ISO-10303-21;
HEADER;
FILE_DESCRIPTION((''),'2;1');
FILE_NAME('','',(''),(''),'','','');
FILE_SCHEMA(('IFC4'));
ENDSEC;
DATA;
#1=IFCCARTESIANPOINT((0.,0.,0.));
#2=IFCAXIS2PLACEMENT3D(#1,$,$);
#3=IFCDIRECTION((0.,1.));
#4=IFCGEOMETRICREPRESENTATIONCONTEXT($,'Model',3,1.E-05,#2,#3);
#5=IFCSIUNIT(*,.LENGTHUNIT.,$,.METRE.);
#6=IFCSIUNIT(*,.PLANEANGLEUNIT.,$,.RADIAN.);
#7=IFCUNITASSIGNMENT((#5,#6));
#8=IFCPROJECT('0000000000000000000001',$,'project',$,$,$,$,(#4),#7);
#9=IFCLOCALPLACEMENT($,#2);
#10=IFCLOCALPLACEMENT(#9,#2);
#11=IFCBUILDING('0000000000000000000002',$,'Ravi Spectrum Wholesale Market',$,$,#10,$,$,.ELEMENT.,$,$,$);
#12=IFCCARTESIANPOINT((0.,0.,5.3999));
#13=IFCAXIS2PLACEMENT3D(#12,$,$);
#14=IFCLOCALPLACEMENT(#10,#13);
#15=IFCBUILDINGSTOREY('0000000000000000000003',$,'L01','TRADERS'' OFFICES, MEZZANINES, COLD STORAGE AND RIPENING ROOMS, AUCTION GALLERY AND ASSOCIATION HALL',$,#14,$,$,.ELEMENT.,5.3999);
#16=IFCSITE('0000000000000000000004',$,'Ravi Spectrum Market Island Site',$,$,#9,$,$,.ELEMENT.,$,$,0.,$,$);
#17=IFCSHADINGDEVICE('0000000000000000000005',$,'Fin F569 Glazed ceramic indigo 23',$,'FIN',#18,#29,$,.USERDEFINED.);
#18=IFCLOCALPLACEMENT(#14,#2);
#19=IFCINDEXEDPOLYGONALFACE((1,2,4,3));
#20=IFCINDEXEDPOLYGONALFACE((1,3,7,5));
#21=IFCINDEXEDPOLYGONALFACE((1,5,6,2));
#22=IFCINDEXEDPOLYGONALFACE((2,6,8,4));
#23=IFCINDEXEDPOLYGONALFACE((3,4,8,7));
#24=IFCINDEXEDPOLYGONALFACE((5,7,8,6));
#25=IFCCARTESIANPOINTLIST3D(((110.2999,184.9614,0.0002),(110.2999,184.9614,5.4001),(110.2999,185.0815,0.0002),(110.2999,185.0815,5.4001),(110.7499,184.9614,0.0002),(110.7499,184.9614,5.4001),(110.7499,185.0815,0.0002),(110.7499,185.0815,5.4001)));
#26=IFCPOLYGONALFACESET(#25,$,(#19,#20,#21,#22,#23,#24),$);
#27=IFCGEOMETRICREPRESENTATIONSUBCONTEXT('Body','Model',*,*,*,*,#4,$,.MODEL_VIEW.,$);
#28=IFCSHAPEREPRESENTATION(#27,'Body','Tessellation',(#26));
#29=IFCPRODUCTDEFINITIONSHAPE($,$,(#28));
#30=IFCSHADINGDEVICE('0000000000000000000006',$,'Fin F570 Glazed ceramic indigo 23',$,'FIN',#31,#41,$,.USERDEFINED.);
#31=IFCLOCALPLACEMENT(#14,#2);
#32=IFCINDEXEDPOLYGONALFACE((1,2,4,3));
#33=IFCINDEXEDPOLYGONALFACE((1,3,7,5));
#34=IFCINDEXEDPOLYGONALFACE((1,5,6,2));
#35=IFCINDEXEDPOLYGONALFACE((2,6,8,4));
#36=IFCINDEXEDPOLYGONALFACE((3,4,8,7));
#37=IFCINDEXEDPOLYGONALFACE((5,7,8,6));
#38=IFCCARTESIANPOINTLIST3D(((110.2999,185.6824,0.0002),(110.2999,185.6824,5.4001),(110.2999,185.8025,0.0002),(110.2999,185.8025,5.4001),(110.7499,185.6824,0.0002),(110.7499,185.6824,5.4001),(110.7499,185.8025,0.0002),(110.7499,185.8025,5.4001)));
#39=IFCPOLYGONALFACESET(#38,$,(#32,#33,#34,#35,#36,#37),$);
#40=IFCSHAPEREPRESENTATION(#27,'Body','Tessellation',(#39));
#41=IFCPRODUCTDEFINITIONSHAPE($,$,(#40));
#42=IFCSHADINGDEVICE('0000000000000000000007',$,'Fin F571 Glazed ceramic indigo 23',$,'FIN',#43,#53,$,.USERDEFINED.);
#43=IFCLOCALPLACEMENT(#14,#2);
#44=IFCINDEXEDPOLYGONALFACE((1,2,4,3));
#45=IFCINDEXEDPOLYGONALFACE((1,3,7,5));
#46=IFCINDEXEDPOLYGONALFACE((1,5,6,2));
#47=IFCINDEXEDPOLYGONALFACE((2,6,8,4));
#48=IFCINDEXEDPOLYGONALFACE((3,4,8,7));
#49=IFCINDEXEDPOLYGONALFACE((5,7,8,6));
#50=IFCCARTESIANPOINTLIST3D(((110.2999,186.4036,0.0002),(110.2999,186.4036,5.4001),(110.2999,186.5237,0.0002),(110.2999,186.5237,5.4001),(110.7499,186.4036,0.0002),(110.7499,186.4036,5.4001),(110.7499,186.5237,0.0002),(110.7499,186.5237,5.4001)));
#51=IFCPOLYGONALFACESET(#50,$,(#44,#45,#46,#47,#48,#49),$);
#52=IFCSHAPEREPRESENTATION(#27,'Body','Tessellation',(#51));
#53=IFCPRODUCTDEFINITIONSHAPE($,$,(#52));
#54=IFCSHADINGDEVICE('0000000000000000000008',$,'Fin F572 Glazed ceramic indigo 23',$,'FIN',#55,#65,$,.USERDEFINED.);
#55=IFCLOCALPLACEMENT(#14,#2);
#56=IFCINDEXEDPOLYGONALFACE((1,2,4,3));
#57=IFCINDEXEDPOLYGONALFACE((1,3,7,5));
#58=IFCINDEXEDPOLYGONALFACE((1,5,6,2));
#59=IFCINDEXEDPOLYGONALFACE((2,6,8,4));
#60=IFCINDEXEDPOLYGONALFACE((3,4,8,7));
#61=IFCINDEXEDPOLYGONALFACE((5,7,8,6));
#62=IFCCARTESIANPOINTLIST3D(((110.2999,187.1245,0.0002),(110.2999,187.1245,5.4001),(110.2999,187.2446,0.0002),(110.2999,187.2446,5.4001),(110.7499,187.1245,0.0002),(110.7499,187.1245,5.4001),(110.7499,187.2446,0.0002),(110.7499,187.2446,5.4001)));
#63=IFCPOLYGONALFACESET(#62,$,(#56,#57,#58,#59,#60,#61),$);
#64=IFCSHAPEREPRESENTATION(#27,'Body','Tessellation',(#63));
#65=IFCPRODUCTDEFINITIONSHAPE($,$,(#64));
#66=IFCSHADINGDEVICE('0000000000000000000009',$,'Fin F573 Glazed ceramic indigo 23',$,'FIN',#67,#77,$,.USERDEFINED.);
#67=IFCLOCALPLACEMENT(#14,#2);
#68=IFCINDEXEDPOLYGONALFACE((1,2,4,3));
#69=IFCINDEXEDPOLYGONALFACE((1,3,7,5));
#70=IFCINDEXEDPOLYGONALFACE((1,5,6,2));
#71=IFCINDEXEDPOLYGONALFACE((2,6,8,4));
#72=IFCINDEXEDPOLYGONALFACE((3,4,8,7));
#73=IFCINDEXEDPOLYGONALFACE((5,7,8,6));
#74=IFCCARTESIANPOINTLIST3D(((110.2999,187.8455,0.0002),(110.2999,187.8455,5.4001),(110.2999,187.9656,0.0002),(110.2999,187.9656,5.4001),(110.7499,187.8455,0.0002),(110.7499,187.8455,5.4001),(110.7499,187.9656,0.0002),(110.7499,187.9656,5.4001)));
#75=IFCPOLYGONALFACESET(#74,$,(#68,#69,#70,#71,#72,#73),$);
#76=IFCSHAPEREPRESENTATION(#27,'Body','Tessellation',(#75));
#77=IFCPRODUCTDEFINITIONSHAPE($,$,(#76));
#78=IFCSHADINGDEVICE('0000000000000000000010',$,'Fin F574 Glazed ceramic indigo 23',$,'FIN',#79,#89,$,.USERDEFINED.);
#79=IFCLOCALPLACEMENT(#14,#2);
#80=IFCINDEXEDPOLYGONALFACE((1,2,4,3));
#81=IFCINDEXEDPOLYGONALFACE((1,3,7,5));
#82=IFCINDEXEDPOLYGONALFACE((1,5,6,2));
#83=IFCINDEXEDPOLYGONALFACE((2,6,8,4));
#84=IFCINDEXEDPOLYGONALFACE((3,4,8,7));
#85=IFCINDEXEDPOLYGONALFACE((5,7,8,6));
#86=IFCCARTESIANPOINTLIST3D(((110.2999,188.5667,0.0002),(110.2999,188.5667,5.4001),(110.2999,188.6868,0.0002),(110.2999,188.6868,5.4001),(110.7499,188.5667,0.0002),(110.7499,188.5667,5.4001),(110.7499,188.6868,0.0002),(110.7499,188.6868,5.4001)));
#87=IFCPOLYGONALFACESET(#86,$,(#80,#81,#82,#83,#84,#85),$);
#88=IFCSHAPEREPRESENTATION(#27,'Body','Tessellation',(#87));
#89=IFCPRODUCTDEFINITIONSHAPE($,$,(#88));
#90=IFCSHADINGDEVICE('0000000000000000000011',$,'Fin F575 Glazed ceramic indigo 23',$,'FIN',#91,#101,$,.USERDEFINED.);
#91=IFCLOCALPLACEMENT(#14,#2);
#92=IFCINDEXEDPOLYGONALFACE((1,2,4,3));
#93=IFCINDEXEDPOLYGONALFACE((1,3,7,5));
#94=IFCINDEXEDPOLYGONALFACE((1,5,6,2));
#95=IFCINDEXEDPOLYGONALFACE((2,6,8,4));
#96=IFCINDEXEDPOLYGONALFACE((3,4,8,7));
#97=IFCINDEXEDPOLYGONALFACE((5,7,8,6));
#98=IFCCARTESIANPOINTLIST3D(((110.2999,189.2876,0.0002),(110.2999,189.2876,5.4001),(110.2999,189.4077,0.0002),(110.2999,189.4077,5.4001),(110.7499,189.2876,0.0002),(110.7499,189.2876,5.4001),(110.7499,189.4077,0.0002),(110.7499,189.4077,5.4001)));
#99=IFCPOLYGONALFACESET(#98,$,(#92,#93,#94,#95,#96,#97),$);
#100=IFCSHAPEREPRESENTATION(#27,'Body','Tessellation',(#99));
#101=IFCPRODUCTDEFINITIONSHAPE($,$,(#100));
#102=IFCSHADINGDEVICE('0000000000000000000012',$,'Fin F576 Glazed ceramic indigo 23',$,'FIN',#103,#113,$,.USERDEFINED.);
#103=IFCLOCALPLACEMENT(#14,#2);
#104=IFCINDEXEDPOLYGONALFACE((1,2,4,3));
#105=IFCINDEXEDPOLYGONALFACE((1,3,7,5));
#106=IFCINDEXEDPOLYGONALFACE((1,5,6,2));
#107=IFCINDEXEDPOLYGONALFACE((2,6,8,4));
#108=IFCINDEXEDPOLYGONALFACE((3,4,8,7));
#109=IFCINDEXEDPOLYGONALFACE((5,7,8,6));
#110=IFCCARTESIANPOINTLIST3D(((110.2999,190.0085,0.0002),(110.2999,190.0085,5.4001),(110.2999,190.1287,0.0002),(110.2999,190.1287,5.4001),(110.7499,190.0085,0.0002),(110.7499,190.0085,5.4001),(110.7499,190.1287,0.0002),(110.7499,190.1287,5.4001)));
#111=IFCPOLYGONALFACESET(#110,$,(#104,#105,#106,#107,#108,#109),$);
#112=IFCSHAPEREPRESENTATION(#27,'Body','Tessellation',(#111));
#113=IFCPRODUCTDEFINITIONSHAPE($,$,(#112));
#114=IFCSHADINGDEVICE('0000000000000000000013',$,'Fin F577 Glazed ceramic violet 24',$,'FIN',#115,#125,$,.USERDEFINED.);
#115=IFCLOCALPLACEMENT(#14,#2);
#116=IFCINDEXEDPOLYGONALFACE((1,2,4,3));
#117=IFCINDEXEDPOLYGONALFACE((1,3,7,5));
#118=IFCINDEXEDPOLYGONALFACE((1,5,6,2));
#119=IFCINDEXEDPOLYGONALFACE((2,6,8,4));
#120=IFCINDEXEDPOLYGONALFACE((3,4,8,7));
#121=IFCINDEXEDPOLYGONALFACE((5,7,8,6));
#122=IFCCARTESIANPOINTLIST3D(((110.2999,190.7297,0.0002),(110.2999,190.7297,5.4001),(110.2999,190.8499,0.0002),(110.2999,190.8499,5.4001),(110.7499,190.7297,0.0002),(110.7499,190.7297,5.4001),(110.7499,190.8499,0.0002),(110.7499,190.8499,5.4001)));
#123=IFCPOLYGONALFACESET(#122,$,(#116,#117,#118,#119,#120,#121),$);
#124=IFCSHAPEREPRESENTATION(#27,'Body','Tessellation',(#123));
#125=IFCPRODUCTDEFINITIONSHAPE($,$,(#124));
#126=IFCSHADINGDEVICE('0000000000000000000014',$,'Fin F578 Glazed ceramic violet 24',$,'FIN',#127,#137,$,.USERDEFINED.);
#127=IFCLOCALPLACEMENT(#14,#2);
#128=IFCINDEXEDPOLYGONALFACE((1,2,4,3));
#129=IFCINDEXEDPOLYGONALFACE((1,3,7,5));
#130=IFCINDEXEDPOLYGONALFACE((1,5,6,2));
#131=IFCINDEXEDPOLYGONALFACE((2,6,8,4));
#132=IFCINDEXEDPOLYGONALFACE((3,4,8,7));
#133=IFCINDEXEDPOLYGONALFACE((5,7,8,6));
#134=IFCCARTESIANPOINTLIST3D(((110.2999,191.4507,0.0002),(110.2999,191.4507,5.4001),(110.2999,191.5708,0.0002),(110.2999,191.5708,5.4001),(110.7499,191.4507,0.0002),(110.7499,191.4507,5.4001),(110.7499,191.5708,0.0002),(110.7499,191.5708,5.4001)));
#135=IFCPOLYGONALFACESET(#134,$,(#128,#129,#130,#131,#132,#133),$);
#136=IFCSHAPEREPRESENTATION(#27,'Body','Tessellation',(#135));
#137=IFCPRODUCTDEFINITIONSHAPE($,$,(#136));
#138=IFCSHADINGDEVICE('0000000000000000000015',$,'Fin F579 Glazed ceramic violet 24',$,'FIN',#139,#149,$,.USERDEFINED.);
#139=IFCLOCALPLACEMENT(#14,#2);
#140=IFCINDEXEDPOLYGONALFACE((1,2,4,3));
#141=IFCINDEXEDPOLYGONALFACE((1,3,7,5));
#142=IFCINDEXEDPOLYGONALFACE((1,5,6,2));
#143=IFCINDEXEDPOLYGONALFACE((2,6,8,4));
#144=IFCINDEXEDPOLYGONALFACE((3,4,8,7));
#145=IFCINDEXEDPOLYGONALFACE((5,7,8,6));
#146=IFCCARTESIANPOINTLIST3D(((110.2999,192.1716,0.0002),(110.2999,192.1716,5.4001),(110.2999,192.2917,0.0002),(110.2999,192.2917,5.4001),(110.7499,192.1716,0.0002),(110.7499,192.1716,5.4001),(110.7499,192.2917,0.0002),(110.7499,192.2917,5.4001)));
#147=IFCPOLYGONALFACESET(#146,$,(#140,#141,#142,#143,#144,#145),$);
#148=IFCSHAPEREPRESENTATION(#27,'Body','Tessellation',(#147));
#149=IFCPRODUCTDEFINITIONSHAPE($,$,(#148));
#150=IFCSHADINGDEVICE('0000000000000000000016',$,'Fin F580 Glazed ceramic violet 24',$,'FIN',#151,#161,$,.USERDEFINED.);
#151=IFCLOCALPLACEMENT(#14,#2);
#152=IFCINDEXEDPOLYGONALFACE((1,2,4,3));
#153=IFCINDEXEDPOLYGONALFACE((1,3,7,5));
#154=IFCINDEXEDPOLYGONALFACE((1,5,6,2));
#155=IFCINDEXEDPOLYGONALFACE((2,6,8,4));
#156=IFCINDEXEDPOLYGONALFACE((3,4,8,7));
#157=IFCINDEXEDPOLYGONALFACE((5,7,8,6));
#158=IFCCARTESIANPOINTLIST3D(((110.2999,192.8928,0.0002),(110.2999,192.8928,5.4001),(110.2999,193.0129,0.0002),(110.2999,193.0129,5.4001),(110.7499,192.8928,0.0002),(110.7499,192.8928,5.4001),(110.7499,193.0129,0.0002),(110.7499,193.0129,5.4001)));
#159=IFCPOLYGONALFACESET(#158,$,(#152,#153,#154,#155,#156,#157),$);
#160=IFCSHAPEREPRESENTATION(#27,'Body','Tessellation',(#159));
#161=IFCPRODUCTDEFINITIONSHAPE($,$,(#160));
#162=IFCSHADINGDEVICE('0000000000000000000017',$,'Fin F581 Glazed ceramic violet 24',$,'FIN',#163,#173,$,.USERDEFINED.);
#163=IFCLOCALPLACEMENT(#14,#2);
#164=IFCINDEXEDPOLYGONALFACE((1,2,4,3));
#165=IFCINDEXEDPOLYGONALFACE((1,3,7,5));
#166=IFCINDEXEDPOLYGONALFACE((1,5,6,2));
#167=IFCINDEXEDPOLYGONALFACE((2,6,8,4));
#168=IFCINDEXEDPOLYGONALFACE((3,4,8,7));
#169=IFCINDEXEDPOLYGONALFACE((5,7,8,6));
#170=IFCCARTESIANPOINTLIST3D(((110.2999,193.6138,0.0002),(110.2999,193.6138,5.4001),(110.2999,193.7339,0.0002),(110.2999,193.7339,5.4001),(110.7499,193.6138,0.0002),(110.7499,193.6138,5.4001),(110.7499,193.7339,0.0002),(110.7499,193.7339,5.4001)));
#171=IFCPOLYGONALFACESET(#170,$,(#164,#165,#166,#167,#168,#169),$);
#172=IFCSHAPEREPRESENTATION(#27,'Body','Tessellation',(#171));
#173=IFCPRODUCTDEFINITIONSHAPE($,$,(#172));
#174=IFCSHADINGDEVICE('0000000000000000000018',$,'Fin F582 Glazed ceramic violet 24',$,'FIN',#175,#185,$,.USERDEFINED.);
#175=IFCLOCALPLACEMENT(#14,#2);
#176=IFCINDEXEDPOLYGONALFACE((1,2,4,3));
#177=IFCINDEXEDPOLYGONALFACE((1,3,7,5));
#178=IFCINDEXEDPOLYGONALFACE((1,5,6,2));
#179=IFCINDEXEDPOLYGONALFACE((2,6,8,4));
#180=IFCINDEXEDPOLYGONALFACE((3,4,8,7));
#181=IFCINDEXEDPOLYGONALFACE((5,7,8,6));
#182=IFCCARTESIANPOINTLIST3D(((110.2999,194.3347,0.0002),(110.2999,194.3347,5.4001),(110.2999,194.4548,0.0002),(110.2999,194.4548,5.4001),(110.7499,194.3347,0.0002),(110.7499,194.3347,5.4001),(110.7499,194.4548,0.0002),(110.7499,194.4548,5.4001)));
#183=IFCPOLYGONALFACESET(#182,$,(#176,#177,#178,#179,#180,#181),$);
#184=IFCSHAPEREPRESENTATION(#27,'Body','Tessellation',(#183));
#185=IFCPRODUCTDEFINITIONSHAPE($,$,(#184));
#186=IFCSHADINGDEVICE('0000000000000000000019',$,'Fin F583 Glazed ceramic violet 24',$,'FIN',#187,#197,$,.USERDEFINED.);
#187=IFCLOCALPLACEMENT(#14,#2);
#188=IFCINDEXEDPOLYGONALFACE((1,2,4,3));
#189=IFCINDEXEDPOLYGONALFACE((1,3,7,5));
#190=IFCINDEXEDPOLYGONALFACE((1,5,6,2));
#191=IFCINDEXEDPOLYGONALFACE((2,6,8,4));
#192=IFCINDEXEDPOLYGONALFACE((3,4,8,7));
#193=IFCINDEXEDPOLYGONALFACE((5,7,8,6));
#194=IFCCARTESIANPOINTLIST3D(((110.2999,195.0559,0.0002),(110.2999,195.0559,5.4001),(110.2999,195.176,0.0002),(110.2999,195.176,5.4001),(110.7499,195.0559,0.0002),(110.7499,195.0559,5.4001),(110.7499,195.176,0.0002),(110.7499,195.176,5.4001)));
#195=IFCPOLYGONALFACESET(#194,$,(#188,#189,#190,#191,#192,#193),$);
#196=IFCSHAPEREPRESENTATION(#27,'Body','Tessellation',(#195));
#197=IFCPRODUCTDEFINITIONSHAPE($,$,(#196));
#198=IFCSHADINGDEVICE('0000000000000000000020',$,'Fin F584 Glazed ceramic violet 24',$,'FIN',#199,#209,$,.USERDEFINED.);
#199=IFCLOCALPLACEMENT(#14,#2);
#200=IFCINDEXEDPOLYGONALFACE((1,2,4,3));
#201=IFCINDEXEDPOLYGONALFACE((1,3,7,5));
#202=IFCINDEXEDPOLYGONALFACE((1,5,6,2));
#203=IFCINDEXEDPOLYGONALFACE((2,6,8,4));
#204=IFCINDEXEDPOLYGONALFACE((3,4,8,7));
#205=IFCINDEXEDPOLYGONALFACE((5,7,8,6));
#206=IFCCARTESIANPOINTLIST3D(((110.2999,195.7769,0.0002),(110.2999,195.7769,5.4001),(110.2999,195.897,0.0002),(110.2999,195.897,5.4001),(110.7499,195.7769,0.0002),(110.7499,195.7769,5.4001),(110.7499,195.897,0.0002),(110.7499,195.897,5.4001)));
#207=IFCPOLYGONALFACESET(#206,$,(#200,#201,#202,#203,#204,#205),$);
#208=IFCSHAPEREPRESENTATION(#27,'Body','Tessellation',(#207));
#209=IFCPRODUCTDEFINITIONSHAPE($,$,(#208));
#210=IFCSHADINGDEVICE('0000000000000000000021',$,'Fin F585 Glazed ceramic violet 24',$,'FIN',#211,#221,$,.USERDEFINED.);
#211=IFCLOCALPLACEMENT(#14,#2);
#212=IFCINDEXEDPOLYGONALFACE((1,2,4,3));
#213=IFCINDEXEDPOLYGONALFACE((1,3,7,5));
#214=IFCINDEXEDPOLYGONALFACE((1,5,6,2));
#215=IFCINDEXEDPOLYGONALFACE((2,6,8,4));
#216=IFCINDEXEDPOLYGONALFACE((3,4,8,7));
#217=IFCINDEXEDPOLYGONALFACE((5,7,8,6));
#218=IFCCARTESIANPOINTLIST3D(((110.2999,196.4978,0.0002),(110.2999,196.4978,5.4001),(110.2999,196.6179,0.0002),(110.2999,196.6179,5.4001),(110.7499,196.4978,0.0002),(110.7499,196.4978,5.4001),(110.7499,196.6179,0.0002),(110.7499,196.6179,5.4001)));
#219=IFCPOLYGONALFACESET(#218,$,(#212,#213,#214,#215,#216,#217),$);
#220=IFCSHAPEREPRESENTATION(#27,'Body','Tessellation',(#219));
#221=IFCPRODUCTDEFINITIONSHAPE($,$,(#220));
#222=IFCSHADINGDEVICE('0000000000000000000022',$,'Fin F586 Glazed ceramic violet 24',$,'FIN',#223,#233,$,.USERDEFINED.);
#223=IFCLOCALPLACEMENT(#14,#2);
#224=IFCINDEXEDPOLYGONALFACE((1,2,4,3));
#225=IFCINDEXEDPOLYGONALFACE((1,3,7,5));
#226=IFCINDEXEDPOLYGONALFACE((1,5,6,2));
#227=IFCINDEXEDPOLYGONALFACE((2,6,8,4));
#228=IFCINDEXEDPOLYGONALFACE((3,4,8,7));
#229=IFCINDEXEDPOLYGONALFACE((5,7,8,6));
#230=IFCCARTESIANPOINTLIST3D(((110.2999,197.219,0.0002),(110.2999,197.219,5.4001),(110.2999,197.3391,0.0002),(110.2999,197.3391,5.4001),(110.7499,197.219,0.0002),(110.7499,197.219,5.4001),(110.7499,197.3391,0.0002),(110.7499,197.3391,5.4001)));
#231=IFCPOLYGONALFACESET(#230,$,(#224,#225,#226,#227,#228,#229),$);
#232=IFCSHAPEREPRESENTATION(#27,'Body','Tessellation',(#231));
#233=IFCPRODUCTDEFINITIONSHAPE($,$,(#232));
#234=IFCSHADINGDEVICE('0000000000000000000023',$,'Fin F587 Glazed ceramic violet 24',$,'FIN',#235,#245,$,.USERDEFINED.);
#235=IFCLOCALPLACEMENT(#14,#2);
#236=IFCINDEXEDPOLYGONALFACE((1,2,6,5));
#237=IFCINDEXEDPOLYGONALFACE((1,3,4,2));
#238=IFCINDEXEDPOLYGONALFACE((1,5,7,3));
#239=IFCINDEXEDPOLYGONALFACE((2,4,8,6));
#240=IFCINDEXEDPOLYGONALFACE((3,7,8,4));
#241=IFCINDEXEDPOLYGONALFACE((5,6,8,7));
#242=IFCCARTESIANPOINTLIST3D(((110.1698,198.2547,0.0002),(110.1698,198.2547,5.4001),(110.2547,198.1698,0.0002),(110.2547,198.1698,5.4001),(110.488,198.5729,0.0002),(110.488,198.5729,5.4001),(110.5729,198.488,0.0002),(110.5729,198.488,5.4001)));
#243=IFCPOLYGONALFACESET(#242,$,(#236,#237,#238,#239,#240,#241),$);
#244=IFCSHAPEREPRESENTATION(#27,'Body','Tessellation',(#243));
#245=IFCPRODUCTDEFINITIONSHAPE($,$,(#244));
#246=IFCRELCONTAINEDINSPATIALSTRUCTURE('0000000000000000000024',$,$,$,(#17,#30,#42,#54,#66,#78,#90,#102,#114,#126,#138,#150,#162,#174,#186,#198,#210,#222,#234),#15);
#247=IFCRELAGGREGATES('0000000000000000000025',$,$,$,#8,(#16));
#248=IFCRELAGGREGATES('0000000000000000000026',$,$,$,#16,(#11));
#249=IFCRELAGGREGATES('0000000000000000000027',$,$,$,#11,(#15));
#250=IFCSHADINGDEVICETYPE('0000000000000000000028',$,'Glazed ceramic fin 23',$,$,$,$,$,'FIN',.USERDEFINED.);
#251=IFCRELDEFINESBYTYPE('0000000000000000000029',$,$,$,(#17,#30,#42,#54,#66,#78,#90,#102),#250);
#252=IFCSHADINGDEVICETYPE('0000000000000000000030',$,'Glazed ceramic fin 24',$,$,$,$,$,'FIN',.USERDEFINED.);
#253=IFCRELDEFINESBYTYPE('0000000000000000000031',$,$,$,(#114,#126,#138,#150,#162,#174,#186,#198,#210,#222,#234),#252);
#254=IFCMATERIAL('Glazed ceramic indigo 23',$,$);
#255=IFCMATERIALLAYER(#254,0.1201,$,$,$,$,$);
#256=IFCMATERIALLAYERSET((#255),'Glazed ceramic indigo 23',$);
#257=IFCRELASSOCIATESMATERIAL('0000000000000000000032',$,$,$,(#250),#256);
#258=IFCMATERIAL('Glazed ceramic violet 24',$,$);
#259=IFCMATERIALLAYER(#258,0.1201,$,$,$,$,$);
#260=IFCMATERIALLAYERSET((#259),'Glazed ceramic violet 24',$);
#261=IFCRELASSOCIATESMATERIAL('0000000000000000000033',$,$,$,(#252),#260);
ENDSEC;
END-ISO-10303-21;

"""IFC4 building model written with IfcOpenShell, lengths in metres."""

from ifc_helpers import new_model, si_unit, direction, frame, origin, origin_2d, place, context, subcontext, project, spatial, rectangle, extrude, material, layer, layer_set, type_object, element, save


model = new_model("IFC4")

# Units and contexts
model_context = context("Model", 3, precision=1e-05, world=origin(), true_north=direction((0.0, 1.0)))
body_context = subcontext(model_context, "Body", "Model", "MODEL_VIEW")
ifc_project = project(units=[si_unit("LENGTHUNIT", "METRE"), si_unit("PLANEANGLEUNIT", "RADIAN")], contexts=[model_context])

# Site, building, storey
site_placement = place(None, origin())
site = spatial("IfcSite", under=ifc_project, at=site_placement, Name="Ravi Spectrum Market Island Site", CompositionType="ELEMENT", RefElevation=0.0)
building_placement = place(site_placement, origin())
building = spatial("IfcBuilding", under=site, at=building_placement, Name="Ravi Spectrum Wholesale Market", CompositionType="ELEMENT")
storey_placement = place(building_placement, frame((0.0, 0.0, 5.3999)))
storey = spatial("IfcBuildingStorey", under=building, at=storey_placement, Name="L01", Description="TRADERS' OFFICES, MEZZANINES, COLD STORAGE AND RIPENING ROOMS, AUCTION GALLERY AND ASSOCIATION HALL", CompositionType="ELEMENT", Elevation=5.3999)

# Shading devices
ifc_material_1 = material(Name="Glazed ceramic indigo 23")
ifc_layer_1 = layer(ifc_material_1, 0.1201)
ifc_layer_set_1 = layer_set([ifc_layer_1], Name="Glazed ceramic indigo 23")
shading_device_type_1 = type_object("IfcShadingDeviceType", Name="Glazed ceramic fin 23", ElementType="FIN", PredefinedType="USERDEFINED", material=ifc_layer_set_1)
for number, where, z_axis, x_axis, name in (
    (1, (110.5249, 185.0215, 0.0002), (0.0, 0.0, 1.0), (0.0, 1.0, 0.0), "Fin F569 Glazed ceramic indigo 23"),
    (2, (110.5249, 185.7424, 0.0002), (0.0, 0.0, 1.0), (0.0, 1.0, 0.0), "Fin F570 Glazed ceramic indigo 23"),
    (3, (110.5249, 186.4636, 0.0002), (0.0, 0.0, 1.0), (0.0, 1.0, 0.0), "Fin F571 Glazed ceramic indigo 23"),
    (4, (110.5249, 187.1846, 0.0002), (0.0, 0.0, 1.0), (0.0, 1.0, 0.0), "Fin F572 Glazed ceramic indigo 23"),
    (5, (110.5249, 187.9055, 0.0002), (0.0, 0.0, 1.0), (0.0, 1.0, 0.0), "Fin F573 Glazed ceramic indigo 23"),
    (6, (110.5249, 188.6267, 0.0002), (0.0, 0.0, 1.0), (0.0, 1.0, 0.0), "Fin F574 Glazed ceramic indigo 23"),
    (7, (110.5249, 189.3477, 0.0002), (0.0, 0.0, 1.0), (0.0, 1.0, 0.0), "Fin F575 Glazed ceramic indigo 23"),
    (8, (110.5249, 190.0686, 0.0002), (0.0, 0.0, 1.0), (0.0, 1.0, 0.0), "Fin F576 Glazed ceramic indigo 23"),
):
    element("IfcShadingDevice", number, at=place(storey_placement, frame(where, z_axis=z_axis, x_axis=x_axis)), inside=storey, type_object=shading_device_type_1, Name=name, ObjectType="FIN", PredefinedType="USERDEFINED", context=body_context, shape_type="SweptSolid", body=[
        extrude(rectangle(XDim=0.1201, YDim=0.45, at=origin_2d()), origin(), (0.0, 0.0, 1.0), 5.3999),
    ])
ifc_material_2 = material(Name="Glazed ceramic violet 24")
ifc_layer_2 = layer(ifc_material_2, 0.1201)
ifc_layer_set_2 = layer_set([ifc_layer_2], Name="Glazed ceramic violet 24")
shading_device_type_2 = type_object("IfcShadingDeviceType", Name="Glazed ceramic fin 24", ElementType="FIN", PredefinedType="USERDEFINED", material=ifc_layer_set_2)
for number, where, z_axis, x_axis, name in (
    (9, (110.5249, 190.7898, 0.0002), (0.0, 0.0, 1.0), (0.0, 1.0, 0.0), "Fin F577 Glazed ceramic violet 24"),
    (10, (110.5249, 191.5107, 0.0002), (0.0, 0.0, 1.0), (0.0, 1.0, 0.0), "Fin F578 Glazed ceramic violet 24"),
    (11, (110.5249, 192.2317, 0.0002), (0.0, 0.0, 1.0), (0.0, 1.0, 0.0), "Fin F579 Glazed ceramic violet 24"),
    (12, (110.5249, 192.9529, 0.0002), (0.0, 0.0, 1.0), (0.0, 1.0, 0.0), "Fin F580 Glazed ceramic violet 24"),
    (13, (110.5249, 193.6738, 0.0002), (0.0, 0.0, 1.0), (0.0, 1.0, 0.0), "Fin F581 Glazed ceramic violet 24"),
    (14, (110.5249, 194.3948, 0.0002), (0.0, 0.0, 1.0), (0.0, 1.0, 0.0), "Fin F582 Glazed ceramic violet 24"),
    (15, (110.5249, 195.116, 0.0002), (0.0, 0.0, 1.0), (0.0, 1.0, 0.0), "Fin F583 Glazed ceramic violet 24"),
    (16, (110.5249, 195.8369, 0.0002), (0.0, 0.0, 1.0), (0.0, 1.0, 0.0), "Fin F584 Glazed ceramic violet 24"),
    (17, (110.5249, 196.5579, 0.0002), (0.0, 0.0, 1.0), (0.0, 1.0, 0.0), "Fin F585 Glazed ceramic violet 24"),
    (18, (110.5249, 197.2791, 0.0002), (0.0, 0.0, 1.0), (0.0, 1.0, 0.0), "Fin F586 Glazed ceramic violet 24"),
    (19, (110.3713, 198.3713, 0.0002), (0.0, 0.0, 1.0), (-0.707107, 0.707107, 0.0), "Fin F587 Glazed ceramic violet 24"),
):
    element("IfcShadingDevice", number, at=place(storey_placement, frame(where, z_axis=z_axis, x_axis=x_axis)), inside=storey, type_object=shading_device_type_2, Name=name, ObjectType="FIN", PredefinedType="USERDEFINED", context=body_context, shape_type="SweptSolid", body=[
        extrude(rectangle(XDim=0.1201, YDim=0.45, at=origin_2d()), origin(), (0.0, 0.0, 1.0), 5.3999),
    ])

save(model, "model.ifc")
